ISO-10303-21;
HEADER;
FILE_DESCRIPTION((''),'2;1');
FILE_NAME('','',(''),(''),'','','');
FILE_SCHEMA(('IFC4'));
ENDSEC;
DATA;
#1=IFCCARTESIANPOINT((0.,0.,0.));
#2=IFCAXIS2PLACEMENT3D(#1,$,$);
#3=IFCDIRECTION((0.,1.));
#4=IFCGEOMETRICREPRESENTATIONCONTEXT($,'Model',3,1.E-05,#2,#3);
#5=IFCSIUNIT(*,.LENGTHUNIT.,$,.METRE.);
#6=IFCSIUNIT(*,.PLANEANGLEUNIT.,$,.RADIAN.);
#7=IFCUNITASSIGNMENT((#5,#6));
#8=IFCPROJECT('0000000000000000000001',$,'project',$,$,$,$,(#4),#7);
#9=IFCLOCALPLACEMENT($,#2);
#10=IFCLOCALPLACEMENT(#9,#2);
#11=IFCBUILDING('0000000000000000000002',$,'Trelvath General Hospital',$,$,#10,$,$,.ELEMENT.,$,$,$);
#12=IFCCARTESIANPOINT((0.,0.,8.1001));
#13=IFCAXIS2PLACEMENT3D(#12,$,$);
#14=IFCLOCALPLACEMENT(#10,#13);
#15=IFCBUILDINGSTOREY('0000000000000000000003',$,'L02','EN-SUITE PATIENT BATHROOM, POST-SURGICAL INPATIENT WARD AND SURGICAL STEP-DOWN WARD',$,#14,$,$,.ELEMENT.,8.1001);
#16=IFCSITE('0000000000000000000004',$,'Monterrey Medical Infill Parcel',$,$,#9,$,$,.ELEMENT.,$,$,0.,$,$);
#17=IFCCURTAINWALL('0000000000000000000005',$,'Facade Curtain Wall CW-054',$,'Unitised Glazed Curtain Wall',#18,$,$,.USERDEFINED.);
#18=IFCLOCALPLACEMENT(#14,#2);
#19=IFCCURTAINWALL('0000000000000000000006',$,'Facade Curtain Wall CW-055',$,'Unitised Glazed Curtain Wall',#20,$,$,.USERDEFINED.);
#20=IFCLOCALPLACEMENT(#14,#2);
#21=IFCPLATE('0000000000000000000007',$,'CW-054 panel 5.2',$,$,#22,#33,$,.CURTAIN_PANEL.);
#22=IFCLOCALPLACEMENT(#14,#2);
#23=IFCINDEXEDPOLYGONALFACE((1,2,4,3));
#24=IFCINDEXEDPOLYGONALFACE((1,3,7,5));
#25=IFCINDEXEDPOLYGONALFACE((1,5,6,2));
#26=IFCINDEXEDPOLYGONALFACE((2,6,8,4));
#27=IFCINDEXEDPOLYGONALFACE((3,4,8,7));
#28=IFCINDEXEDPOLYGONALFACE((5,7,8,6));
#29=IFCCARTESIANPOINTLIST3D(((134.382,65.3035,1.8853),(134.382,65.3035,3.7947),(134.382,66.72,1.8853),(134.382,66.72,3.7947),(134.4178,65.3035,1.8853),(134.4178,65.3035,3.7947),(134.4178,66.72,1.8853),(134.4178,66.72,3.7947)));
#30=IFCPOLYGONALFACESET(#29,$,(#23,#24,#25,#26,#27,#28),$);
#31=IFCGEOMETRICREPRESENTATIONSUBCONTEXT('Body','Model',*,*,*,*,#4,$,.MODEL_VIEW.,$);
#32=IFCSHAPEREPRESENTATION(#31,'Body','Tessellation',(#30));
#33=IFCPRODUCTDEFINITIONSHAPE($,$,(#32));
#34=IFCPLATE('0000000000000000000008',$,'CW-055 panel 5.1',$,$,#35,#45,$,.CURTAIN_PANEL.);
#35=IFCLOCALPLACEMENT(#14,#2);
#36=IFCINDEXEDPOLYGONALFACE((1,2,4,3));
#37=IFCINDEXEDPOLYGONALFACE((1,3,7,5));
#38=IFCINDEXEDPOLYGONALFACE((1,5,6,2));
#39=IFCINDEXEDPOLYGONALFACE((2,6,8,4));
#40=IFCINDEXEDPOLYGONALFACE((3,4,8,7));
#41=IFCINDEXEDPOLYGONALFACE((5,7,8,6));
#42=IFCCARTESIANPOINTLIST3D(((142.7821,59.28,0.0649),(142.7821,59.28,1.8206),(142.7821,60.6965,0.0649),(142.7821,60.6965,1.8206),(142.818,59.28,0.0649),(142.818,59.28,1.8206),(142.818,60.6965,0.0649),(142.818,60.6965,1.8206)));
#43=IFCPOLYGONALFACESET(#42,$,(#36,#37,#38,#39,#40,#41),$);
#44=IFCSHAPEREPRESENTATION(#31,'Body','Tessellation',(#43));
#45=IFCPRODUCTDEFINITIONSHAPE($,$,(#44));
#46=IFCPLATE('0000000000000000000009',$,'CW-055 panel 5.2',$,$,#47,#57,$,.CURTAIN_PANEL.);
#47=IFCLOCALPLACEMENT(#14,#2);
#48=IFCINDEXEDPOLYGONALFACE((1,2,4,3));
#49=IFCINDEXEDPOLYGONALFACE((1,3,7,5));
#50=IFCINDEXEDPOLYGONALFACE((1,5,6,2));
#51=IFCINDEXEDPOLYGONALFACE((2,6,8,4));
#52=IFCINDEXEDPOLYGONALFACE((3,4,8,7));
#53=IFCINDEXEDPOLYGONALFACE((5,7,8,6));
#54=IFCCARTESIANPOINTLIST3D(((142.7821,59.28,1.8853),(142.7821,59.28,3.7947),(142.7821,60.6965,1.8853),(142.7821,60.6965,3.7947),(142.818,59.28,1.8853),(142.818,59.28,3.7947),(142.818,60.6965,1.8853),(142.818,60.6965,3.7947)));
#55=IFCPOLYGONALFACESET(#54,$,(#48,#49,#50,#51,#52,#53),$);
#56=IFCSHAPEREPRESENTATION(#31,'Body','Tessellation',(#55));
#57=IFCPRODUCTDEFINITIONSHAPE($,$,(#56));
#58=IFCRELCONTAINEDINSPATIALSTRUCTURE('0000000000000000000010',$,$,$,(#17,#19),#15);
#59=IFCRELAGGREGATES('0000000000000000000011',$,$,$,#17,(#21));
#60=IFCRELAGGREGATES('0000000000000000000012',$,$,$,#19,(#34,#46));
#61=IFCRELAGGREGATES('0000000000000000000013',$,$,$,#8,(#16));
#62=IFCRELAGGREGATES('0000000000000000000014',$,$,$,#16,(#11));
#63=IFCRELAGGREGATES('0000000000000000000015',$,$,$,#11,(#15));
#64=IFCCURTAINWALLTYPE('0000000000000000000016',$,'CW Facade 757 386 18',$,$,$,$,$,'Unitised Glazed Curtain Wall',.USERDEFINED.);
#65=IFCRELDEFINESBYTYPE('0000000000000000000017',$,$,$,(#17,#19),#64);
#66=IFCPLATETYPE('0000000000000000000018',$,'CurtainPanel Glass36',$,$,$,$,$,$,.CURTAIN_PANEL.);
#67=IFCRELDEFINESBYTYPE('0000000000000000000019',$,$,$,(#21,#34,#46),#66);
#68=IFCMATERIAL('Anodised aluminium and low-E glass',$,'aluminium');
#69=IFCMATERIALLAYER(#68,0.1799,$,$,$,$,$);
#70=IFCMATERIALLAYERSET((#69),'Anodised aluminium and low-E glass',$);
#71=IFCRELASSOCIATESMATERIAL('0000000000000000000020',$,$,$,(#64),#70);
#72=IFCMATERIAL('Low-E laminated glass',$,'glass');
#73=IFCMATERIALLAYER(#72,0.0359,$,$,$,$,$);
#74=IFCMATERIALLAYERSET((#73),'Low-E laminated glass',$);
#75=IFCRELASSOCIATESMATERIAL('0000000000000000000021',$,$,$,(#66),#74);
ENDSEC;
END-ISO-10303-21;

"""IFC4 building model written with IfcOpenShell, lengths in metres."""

from ifc_helpers import new_model, si_unit, direction, frame, origin, origin_2d, place, context, subcontext, project, spatial, rectangle, extrude, material, layer, layer_set, type_object, element, aggregate, save


model = new_model("IFC4")

# Units and contexts
model_context = context("Model", 3, precision=1e-05, world=origin(), true_north=direction((0.0, 1.0)))
body_context = subcontext(model_context, "Body", "Model", "MODEL_VIEW")
ifc_project = project(units=[si_unit("LENGTHUNIT", "METRE"), si_unit("PLANEANGLEUNIT", "RADIAN")], contexts=[model_context])

# Site, building, storey
site_placement = place(None, origin())
site = spatial("IfcSite", under=ifc_project, at=site_placement, Name="Monterrey Medical Infill Parcel", CompositionType="ELEMENT", RefElevation=0.0)
building_placement = place(site_placement, origin())
building = spatial("IfcBuilding", under=site, at=building_placement, Name="Trelvath General Hospital", CompositionType="ELEMENT")
storey_placement = place(building_placement, frame((0.0, 0.0, 8.1001)))
storey = spatial("IfcBuildingStorey", under=building, at=storey_placement, Name="L02", Description="EN-SUITE PATIENT BATHROOM, POST-SURGICAL INPATIENT WARD AND SURGICAL STEP-DOWN WARD", CompositionType="ELEMENT", Elevation=8.1001)

# Curtain wall
ifc_material_1 = material(Name="Anodised aluminium and low-E glass", Category="aluminium")
ifc_layer_1 = layer(ifc_material_1, 0.1799)
ifc_layer_set_1 = layer_set([ifc_layer_1], Name="Anodised aluminium and low-E glass")
curtain_wall_type = type_object("IfcCurtainWallType", Name="CW Facade 757 386 18", ElementType="Unitised Glazed Curtain Wall", PredefinedType="USERDEFINED", material=ifc_layer_set_1)
curtain_wall_1_placement = place(storey_placement, origin())
curtain_wall_1 = element("IfcCurtainWall", 1, at=curtain_wall_1_placement, inside=storey, type_object=curtain_wall_type, Name="Facade Curtain Wall CW-054", ObjectType="Unitised Glazed Curtain Wall", PredefinedType="USERDEFINED")

# Curtain wall
curtain_wall_2_placement = place(storey_placement, origin())
curtain_wall_2 = element("IfcCurtainWall", 2, at=curtain_wall_2_placement, inside=storey, type_object=curtain_wall_type, Name="Facade Curtain Wall CW-055", ObjectType="Unitised Glazed Curtain Wall", PredefinedType="USERDEFINED")

# Plates
ifc_material_2 = material(Name="Low-E laminated glass", Category="glass")
ifc_layer_2 = layer(ifc_material_2, 0.0359)
ifc_layer_set_2 = layer_set([ifc_layer_2], Name="Low-E laminated glass")
plate_type = type_object("IfcPlateType", Name="CurtainPanel Glass36", PredefinedType="CURTAIN_PANEL", material=ifc_layer_set_2)
plate_1_placement = place(storey_placement, frame((134.3999, 66.0117, 1.8853), z_axis=(0.0, 0.0, 1.0), x_axis=(0.0, 1.0, 0.0)))
plate_1 = element("IfcPlate", 3, at=plate_1_placement, type_object=plate_type, Name="CW-054 panel 5.2", PredefinedType="CURTAIN_PANEL", context=body_context, shape_type="SweptSolid", body=[
    extrude(rectangle(XDim=1.4165, YDim=0.0359, at=origin_2d()), origin(), (0.0, 0.0, 1.0), 1.9094),
])
aggregate(curtain_wall_1, [plate_1])
plate_2_placement = place(storey_placement, frame((142.8, 59.9883, 0.0649), z_axis=(0.0, 0.0, 1.0), x_axis=(0.0, -1.0, 0.0)))
plate_2 = element("IfcPlate", 4, at=plate_2_placement, type_object=plate_type, Name="CW-055 panel 5.1", PredefinedType="CURTAIN_PANEL", context=body_context, shape_type="SweptSolid", body=[
    extrude(rectangle(XDim=1.4165, YDim=0.0359, at=origin_2d()), origin(), (0.0, 0.0, 1.0), 1.7556),
])
plate_3_placement = place(storey_placement, frame((142.8, 59.9883, 1.8853), z_axis=(0.0, 0.0, 1.0), x_axis=(0.0, -1.0, 0.0)))
plate_3 = element("IfcPlate", 5, at=plate_3_placement, type_object=plate_type, Name="CW-055 panel 5.2", PredefinedType="CURTAIN_PANEL", context=body_context, shape_type="SweptSolid", body=[
    extrude(rectangle(XDim=1.4165, YDim=0.0359, at=origin_2d()), origin(), (0.0, 0.0, 1.0), 1.9094),
])
aggregate(curtain_wall_2, [plate_2, plate_3])

save(model, "model.ifc")
